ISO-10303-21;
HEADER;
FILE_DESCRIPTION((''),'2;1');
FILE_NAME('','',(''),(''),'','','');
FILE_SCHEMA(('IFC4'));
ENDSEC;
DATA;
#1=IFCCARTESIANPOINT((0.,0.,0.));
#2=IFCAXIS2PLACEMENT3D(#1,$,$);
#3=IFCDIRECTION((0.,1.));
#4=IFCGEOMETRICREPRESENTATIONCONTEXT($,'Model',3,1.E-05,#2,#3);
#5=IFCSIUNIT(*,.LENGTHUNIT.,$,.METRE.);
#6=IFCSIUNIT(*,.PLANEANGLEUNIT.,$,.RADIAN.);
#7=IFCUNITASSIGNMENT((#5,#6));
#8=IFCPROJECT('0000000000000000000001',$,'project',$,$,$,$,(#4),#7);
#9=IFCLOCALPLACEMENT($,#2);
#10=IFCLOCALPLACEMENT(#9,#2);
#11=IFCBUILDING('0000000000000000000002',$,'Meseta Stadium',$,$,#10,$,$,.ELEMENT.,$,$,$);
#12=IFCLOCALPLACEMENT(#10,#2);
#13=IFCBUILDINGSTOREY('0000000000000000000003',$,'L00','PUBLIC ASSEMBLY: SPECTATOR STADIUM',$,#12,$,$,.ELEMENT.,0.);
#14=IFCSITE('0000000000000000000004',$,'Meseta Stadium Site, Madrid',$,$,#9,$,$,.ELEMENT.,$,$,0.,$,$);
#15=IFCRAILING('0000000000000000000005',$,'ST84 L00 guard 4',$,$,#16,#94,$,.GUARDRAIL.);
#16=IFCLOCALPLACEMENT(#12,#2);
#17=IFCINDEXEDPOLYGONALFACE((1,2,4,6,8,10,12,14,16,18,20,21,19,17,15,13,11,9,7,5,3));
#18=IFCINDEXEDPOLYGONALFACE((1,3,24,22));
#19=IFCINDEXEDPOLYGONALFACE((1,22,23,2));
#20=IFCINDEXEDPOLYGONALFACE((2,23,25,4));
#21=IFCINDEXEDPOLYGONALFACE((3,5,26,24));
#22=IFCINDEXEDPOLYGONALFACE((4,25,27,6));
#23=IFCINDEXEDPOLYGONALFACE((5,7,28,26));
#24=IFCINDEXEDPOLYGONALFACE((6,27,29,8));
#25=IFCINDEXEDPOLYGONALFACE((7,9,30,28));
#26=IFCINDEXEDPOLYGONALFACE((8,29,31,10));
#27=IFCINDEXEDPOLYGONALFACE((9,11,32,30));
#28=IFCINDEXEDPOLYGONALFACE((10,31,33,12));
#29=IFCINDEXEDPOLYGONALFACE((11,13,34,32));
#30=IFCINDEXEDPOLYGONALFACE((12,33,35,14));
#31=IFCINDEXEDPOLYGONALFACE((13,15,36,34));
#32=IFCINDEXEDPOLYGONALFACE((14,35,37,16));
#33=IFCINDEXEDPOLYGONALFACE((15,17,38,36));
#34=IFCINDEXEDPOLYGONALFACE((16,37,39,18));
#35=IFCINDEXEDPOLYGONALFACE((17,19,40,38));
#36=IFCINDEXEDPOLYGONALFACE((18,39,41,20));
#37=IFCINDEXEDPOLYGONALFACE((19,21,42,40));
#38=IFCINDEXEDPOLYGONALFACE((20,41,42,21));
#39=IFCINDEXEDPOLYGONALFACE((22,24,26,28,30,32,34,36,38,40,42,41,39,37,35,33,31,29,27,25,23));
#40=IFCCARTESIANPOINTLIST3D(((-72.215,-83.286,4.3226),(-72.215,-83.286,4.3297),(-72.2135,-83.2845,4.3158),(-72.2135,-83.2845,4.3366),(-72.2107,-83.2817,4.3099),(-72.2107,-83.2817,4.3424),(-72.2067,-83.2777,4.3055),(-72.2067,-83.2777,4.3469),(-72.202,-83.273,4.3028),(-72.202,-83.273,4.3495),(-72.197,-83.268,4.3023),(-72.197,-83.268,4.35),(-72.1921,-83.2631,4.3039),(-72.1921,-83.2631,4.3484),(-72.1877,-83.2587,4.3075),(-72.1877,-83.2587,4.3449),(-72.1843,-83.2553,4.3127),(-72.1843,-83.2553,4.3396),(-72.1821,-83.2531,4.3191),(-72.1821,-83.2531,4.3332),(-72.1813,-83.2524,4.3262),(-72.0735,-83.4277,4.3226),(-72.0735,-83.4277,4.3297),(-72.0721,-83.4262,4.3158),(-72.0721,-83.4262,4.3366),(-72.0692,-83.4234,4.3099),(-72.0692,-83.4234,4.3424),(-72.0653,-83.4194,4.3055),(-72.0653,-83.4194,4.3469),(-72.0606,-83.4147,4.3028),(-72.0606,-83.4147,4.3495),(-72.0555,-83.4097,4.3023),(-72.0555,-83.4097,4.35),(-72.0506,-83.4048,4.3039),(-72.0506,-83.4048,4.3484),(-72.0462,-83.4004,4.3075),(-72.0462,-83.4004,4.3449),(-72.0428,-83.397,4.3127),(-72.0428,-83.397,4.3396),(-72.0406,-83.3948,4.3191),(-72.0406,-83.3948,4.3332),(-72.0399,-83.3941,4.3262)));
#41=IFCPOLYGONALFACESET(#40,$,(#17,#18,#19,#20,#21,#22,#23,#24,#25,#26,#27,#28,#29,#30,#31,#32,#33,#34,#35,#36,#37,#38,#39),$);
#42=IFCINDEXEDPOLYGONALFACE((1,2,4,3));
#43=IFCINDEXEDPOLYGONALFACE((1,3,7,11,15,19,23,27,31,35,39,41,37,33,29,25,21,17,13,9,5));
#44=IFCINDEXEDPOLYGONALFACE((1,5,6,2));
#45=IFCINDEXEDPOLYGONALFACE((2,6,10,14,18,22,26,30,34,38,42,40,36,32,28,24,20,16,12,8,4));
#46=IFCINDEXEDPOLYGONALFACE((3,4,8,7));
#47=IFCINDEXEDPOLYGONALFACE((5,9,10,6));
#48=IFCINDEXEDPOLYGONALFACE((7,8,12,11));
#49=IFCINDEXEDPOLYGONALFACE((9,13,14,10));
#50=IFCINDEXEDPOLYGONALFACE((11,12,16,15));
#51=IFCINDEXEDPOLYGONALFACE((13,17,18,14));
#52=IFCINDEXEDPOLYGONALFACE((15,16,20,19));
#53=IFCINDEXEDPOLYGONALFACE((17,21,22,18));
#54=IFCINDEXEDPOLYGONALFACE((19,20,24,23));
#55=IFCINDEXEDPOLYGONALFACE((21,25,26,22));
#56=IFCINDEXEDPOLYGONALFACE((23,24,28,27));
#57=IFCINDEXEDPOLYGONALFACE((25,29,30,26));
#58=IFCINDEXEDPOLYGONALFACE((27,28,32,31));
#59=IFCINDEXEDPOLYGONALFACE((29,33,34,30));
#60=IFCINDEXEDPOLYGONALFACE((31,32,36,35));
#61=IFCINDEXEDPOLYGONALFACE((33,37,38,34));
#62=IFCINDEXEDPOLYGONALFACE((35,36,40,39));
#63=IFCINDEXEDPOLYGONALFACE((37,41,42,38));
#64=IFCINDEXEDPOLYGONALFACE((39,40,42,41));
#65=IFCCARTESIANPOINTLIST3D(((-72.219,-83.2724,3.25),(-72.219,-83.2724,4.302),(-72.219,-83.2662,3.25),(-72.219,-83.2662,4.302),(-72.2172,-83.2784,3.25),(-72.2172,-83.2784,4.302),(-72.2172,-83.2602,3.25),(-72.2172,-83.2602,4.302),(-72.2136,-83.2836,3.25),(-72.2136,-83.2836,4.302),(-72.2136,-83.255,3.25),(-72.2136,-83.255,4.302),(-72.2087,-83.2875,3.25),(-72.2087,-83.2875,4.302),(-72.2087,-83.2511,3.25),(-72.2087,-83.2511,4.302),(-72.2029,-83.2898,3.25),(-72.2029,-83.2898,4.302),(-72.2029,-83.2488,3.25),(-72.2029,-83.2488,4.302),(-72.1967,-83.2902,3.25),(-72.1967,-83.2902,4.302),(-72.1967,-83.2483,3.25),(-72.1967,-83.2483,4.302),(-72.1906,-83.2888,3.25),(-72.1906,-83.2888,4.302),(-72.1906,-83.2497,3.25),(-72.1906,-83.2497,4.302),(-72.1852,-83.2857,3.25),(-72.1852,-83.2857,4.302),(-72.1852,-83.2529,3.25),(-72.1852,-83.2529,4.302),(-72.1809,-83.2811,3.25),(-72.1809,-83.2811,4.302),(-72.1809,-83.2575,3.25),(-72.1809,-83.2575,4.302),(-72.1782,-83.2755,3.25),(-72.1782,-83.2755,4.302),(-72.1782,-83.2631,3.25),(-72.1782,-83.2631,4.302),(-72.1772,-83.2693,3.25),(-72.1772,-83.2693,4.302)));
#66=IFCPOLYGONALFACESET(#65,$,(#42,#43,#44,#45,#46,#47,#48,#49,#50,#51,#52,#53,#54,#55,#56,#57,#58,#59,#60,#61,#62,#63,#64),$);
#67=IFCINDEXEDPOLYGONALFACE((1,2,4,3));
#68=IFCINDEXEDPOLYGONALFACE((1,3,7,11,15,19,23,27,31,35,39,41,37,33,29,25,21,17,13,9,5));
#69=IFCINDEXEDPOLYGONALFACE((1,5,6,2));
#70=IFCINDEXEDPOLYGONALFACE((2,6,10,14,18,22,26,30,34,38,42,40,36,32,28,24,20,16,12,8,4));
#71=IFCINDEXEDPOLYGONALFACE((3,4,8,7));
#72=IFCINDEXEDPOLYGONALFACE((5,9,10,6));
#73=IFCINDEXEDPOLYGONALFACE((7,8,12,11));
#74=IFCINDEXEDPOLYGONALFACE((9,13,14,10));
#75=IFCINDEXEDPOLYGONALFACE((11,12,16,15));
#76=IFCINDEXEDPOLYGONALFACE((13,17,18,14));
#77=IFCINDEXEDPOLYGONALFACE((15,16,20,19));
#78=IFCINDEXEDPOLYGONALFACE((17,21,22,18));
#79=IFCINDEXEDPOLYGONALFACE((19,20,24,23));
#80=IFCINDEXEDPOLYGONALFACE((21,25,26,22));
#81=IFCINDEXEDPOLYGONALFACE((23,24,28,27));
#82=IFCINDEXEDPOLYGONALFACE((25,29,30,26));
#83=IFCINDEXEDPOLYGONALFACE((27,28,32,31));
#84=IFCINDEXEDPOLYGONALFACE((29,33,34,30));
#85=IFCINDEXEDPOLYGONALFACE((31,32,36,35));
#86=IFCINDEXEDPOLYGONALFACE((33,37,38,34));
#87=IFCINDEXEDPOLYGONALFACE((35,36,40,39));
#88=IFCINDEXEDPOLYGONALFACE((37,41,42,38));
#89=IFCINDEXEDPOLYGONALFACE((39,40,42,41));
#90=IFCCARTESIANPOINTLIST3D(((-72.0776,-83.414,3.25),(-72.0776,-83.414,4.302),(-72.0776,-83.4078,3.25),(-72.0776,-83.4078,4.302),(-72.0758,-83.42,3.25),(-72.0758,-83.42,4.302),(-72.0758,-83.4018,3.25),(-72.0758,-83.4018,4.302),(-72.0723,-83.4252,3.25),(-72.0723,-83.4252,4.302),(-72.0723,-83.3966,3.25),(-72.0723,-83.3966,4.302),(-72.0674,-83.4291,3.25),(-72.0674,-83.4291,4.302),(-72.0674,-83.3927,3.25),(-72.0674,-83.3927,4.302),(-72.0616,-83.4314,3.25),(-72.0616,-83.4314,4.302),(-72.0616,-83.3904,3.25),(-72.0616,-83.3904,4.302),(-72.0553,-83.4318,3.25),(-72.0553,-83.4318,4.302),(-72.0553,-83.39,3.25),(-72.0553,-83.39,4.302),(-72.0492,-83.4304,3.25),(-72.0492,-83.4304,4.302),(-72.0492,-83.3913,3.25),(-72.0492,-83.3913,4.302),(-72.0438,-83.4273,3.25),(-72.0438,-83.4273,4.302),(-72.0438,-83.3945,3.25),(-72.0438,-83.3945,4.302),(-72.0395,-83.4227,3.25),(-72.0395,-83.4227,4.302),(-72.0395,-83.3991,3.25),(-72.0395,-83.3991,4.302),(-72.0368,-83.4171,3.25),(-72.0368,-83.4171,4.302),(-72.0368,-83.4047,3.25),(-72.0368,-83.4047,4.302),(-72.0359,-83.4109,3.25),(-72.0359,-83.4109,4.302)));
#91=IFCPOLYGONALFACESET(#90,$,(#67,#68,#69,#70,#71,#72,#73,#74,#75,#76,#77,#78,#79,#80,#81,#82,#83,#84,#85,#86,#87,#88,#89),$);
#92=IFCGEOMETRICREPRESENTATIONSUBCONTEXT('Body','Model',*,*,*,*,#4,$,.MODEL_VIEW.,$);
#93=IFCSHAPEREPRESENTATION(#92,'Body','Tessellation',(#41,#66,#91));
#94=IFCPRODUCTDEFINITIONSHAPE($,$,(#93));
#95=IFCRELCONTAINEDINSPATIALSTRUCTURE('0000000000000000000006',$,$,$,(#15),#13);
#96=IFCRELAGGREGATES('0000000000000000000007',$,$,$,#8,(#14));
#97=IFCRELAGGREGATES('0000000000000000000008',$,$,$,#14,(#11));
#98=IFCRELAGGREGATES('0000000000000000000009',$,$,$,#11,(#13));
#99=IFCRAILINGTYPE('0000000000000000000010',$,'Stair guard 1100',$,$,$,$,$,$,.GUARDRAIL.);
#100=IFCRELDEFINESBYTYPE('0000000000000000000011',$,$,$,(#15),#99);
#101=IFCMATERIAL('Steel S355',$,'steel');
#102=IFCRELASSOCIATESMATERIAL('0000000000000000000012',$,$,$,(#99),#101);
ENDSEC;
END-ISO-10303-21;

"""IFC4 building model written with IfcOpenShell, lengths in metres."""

from ifc_helpers import new_model, si_unit, direction, frame, origin, origin_2d, place, context, subcontext, project, spatial, circle, extrude, material, type_object, element, save


model = new_model("IFC4")

# Units and contexts
model_context = context("Model", 3, precision=1e-05, world=origin(), true_north=direction((0.0, 1.0)))
body_context = subcontext(model_context, "Body", "Model", "MODEL_VIEW")
ifc_project = project(units=[si_unit("LENGTHUNIT", "METRE"), si_unit("PLANEANGLEUNIT", "RADIAN")], contexts=[model_context])

# Site, building, storey
site_placement = place(None, origin())
site = spatial("IfcSite", under=ifc_project, at=site_placement, Name="Meseta Stadium Site, Madrid", CompositionType="ELEMENT", RefElevation=0.0)
building_placement = place(site_placement, origin())
building = spatial("IfcBuilding", under=site, at=building_placement, Name="Meseta Stadium", CompositionType="ELEMENT")
storey_placement = place(building_placement, origin())
storey = spatial("IfcBuildingStorey", under=building, at=storey_placement, Name="L00", Description="PUBLIC ASSEMBLY: SPECTATOR STADIUM", CompositionType="ELEMENT", Elevation=0.0)

# Railing
ifc_material_1 = material(Name="Steel S355", Category="steel")
railing_type_1 = type_object("IfcRailingType", Name="Stair guard 1100", PredefinedType="GUARDRAIL", material=ifc_material_1)
railing_1_placement = place(storey_placement, frame((-72.1982, -83.2693, 3.25)))
element("IfcRailing", 1, at=railing_1_placement, inside=storey, type_object=railing_type_1, Name="ST84 L00 guard 4", PredefinedType="GUARDRAIL", context=body_context, shape_type="SweptSolid", body=[
    extrude(circle(Radius=0.0239, at=origin_2d()), frame((0.0, 0.0, 1.0762), z_axis=(0.706496, -0.707717, 0.0), x_axis=(0.707717, 0.706496, 0.0)), (0.0, 0.0, 1.0), 0.2002),
    extrude(circle(Radius=0.021, at=origin_2d()), origin(), (0.0, 0.0, 1.0), 1.052),
    extrude(circle(Radius=0.021, at=origin_2d()), frame((0.1414, -0.1416, 0.0)), (0.0, 0.0, 1.0), 1.052),
])

save(model, "model.ifc")
